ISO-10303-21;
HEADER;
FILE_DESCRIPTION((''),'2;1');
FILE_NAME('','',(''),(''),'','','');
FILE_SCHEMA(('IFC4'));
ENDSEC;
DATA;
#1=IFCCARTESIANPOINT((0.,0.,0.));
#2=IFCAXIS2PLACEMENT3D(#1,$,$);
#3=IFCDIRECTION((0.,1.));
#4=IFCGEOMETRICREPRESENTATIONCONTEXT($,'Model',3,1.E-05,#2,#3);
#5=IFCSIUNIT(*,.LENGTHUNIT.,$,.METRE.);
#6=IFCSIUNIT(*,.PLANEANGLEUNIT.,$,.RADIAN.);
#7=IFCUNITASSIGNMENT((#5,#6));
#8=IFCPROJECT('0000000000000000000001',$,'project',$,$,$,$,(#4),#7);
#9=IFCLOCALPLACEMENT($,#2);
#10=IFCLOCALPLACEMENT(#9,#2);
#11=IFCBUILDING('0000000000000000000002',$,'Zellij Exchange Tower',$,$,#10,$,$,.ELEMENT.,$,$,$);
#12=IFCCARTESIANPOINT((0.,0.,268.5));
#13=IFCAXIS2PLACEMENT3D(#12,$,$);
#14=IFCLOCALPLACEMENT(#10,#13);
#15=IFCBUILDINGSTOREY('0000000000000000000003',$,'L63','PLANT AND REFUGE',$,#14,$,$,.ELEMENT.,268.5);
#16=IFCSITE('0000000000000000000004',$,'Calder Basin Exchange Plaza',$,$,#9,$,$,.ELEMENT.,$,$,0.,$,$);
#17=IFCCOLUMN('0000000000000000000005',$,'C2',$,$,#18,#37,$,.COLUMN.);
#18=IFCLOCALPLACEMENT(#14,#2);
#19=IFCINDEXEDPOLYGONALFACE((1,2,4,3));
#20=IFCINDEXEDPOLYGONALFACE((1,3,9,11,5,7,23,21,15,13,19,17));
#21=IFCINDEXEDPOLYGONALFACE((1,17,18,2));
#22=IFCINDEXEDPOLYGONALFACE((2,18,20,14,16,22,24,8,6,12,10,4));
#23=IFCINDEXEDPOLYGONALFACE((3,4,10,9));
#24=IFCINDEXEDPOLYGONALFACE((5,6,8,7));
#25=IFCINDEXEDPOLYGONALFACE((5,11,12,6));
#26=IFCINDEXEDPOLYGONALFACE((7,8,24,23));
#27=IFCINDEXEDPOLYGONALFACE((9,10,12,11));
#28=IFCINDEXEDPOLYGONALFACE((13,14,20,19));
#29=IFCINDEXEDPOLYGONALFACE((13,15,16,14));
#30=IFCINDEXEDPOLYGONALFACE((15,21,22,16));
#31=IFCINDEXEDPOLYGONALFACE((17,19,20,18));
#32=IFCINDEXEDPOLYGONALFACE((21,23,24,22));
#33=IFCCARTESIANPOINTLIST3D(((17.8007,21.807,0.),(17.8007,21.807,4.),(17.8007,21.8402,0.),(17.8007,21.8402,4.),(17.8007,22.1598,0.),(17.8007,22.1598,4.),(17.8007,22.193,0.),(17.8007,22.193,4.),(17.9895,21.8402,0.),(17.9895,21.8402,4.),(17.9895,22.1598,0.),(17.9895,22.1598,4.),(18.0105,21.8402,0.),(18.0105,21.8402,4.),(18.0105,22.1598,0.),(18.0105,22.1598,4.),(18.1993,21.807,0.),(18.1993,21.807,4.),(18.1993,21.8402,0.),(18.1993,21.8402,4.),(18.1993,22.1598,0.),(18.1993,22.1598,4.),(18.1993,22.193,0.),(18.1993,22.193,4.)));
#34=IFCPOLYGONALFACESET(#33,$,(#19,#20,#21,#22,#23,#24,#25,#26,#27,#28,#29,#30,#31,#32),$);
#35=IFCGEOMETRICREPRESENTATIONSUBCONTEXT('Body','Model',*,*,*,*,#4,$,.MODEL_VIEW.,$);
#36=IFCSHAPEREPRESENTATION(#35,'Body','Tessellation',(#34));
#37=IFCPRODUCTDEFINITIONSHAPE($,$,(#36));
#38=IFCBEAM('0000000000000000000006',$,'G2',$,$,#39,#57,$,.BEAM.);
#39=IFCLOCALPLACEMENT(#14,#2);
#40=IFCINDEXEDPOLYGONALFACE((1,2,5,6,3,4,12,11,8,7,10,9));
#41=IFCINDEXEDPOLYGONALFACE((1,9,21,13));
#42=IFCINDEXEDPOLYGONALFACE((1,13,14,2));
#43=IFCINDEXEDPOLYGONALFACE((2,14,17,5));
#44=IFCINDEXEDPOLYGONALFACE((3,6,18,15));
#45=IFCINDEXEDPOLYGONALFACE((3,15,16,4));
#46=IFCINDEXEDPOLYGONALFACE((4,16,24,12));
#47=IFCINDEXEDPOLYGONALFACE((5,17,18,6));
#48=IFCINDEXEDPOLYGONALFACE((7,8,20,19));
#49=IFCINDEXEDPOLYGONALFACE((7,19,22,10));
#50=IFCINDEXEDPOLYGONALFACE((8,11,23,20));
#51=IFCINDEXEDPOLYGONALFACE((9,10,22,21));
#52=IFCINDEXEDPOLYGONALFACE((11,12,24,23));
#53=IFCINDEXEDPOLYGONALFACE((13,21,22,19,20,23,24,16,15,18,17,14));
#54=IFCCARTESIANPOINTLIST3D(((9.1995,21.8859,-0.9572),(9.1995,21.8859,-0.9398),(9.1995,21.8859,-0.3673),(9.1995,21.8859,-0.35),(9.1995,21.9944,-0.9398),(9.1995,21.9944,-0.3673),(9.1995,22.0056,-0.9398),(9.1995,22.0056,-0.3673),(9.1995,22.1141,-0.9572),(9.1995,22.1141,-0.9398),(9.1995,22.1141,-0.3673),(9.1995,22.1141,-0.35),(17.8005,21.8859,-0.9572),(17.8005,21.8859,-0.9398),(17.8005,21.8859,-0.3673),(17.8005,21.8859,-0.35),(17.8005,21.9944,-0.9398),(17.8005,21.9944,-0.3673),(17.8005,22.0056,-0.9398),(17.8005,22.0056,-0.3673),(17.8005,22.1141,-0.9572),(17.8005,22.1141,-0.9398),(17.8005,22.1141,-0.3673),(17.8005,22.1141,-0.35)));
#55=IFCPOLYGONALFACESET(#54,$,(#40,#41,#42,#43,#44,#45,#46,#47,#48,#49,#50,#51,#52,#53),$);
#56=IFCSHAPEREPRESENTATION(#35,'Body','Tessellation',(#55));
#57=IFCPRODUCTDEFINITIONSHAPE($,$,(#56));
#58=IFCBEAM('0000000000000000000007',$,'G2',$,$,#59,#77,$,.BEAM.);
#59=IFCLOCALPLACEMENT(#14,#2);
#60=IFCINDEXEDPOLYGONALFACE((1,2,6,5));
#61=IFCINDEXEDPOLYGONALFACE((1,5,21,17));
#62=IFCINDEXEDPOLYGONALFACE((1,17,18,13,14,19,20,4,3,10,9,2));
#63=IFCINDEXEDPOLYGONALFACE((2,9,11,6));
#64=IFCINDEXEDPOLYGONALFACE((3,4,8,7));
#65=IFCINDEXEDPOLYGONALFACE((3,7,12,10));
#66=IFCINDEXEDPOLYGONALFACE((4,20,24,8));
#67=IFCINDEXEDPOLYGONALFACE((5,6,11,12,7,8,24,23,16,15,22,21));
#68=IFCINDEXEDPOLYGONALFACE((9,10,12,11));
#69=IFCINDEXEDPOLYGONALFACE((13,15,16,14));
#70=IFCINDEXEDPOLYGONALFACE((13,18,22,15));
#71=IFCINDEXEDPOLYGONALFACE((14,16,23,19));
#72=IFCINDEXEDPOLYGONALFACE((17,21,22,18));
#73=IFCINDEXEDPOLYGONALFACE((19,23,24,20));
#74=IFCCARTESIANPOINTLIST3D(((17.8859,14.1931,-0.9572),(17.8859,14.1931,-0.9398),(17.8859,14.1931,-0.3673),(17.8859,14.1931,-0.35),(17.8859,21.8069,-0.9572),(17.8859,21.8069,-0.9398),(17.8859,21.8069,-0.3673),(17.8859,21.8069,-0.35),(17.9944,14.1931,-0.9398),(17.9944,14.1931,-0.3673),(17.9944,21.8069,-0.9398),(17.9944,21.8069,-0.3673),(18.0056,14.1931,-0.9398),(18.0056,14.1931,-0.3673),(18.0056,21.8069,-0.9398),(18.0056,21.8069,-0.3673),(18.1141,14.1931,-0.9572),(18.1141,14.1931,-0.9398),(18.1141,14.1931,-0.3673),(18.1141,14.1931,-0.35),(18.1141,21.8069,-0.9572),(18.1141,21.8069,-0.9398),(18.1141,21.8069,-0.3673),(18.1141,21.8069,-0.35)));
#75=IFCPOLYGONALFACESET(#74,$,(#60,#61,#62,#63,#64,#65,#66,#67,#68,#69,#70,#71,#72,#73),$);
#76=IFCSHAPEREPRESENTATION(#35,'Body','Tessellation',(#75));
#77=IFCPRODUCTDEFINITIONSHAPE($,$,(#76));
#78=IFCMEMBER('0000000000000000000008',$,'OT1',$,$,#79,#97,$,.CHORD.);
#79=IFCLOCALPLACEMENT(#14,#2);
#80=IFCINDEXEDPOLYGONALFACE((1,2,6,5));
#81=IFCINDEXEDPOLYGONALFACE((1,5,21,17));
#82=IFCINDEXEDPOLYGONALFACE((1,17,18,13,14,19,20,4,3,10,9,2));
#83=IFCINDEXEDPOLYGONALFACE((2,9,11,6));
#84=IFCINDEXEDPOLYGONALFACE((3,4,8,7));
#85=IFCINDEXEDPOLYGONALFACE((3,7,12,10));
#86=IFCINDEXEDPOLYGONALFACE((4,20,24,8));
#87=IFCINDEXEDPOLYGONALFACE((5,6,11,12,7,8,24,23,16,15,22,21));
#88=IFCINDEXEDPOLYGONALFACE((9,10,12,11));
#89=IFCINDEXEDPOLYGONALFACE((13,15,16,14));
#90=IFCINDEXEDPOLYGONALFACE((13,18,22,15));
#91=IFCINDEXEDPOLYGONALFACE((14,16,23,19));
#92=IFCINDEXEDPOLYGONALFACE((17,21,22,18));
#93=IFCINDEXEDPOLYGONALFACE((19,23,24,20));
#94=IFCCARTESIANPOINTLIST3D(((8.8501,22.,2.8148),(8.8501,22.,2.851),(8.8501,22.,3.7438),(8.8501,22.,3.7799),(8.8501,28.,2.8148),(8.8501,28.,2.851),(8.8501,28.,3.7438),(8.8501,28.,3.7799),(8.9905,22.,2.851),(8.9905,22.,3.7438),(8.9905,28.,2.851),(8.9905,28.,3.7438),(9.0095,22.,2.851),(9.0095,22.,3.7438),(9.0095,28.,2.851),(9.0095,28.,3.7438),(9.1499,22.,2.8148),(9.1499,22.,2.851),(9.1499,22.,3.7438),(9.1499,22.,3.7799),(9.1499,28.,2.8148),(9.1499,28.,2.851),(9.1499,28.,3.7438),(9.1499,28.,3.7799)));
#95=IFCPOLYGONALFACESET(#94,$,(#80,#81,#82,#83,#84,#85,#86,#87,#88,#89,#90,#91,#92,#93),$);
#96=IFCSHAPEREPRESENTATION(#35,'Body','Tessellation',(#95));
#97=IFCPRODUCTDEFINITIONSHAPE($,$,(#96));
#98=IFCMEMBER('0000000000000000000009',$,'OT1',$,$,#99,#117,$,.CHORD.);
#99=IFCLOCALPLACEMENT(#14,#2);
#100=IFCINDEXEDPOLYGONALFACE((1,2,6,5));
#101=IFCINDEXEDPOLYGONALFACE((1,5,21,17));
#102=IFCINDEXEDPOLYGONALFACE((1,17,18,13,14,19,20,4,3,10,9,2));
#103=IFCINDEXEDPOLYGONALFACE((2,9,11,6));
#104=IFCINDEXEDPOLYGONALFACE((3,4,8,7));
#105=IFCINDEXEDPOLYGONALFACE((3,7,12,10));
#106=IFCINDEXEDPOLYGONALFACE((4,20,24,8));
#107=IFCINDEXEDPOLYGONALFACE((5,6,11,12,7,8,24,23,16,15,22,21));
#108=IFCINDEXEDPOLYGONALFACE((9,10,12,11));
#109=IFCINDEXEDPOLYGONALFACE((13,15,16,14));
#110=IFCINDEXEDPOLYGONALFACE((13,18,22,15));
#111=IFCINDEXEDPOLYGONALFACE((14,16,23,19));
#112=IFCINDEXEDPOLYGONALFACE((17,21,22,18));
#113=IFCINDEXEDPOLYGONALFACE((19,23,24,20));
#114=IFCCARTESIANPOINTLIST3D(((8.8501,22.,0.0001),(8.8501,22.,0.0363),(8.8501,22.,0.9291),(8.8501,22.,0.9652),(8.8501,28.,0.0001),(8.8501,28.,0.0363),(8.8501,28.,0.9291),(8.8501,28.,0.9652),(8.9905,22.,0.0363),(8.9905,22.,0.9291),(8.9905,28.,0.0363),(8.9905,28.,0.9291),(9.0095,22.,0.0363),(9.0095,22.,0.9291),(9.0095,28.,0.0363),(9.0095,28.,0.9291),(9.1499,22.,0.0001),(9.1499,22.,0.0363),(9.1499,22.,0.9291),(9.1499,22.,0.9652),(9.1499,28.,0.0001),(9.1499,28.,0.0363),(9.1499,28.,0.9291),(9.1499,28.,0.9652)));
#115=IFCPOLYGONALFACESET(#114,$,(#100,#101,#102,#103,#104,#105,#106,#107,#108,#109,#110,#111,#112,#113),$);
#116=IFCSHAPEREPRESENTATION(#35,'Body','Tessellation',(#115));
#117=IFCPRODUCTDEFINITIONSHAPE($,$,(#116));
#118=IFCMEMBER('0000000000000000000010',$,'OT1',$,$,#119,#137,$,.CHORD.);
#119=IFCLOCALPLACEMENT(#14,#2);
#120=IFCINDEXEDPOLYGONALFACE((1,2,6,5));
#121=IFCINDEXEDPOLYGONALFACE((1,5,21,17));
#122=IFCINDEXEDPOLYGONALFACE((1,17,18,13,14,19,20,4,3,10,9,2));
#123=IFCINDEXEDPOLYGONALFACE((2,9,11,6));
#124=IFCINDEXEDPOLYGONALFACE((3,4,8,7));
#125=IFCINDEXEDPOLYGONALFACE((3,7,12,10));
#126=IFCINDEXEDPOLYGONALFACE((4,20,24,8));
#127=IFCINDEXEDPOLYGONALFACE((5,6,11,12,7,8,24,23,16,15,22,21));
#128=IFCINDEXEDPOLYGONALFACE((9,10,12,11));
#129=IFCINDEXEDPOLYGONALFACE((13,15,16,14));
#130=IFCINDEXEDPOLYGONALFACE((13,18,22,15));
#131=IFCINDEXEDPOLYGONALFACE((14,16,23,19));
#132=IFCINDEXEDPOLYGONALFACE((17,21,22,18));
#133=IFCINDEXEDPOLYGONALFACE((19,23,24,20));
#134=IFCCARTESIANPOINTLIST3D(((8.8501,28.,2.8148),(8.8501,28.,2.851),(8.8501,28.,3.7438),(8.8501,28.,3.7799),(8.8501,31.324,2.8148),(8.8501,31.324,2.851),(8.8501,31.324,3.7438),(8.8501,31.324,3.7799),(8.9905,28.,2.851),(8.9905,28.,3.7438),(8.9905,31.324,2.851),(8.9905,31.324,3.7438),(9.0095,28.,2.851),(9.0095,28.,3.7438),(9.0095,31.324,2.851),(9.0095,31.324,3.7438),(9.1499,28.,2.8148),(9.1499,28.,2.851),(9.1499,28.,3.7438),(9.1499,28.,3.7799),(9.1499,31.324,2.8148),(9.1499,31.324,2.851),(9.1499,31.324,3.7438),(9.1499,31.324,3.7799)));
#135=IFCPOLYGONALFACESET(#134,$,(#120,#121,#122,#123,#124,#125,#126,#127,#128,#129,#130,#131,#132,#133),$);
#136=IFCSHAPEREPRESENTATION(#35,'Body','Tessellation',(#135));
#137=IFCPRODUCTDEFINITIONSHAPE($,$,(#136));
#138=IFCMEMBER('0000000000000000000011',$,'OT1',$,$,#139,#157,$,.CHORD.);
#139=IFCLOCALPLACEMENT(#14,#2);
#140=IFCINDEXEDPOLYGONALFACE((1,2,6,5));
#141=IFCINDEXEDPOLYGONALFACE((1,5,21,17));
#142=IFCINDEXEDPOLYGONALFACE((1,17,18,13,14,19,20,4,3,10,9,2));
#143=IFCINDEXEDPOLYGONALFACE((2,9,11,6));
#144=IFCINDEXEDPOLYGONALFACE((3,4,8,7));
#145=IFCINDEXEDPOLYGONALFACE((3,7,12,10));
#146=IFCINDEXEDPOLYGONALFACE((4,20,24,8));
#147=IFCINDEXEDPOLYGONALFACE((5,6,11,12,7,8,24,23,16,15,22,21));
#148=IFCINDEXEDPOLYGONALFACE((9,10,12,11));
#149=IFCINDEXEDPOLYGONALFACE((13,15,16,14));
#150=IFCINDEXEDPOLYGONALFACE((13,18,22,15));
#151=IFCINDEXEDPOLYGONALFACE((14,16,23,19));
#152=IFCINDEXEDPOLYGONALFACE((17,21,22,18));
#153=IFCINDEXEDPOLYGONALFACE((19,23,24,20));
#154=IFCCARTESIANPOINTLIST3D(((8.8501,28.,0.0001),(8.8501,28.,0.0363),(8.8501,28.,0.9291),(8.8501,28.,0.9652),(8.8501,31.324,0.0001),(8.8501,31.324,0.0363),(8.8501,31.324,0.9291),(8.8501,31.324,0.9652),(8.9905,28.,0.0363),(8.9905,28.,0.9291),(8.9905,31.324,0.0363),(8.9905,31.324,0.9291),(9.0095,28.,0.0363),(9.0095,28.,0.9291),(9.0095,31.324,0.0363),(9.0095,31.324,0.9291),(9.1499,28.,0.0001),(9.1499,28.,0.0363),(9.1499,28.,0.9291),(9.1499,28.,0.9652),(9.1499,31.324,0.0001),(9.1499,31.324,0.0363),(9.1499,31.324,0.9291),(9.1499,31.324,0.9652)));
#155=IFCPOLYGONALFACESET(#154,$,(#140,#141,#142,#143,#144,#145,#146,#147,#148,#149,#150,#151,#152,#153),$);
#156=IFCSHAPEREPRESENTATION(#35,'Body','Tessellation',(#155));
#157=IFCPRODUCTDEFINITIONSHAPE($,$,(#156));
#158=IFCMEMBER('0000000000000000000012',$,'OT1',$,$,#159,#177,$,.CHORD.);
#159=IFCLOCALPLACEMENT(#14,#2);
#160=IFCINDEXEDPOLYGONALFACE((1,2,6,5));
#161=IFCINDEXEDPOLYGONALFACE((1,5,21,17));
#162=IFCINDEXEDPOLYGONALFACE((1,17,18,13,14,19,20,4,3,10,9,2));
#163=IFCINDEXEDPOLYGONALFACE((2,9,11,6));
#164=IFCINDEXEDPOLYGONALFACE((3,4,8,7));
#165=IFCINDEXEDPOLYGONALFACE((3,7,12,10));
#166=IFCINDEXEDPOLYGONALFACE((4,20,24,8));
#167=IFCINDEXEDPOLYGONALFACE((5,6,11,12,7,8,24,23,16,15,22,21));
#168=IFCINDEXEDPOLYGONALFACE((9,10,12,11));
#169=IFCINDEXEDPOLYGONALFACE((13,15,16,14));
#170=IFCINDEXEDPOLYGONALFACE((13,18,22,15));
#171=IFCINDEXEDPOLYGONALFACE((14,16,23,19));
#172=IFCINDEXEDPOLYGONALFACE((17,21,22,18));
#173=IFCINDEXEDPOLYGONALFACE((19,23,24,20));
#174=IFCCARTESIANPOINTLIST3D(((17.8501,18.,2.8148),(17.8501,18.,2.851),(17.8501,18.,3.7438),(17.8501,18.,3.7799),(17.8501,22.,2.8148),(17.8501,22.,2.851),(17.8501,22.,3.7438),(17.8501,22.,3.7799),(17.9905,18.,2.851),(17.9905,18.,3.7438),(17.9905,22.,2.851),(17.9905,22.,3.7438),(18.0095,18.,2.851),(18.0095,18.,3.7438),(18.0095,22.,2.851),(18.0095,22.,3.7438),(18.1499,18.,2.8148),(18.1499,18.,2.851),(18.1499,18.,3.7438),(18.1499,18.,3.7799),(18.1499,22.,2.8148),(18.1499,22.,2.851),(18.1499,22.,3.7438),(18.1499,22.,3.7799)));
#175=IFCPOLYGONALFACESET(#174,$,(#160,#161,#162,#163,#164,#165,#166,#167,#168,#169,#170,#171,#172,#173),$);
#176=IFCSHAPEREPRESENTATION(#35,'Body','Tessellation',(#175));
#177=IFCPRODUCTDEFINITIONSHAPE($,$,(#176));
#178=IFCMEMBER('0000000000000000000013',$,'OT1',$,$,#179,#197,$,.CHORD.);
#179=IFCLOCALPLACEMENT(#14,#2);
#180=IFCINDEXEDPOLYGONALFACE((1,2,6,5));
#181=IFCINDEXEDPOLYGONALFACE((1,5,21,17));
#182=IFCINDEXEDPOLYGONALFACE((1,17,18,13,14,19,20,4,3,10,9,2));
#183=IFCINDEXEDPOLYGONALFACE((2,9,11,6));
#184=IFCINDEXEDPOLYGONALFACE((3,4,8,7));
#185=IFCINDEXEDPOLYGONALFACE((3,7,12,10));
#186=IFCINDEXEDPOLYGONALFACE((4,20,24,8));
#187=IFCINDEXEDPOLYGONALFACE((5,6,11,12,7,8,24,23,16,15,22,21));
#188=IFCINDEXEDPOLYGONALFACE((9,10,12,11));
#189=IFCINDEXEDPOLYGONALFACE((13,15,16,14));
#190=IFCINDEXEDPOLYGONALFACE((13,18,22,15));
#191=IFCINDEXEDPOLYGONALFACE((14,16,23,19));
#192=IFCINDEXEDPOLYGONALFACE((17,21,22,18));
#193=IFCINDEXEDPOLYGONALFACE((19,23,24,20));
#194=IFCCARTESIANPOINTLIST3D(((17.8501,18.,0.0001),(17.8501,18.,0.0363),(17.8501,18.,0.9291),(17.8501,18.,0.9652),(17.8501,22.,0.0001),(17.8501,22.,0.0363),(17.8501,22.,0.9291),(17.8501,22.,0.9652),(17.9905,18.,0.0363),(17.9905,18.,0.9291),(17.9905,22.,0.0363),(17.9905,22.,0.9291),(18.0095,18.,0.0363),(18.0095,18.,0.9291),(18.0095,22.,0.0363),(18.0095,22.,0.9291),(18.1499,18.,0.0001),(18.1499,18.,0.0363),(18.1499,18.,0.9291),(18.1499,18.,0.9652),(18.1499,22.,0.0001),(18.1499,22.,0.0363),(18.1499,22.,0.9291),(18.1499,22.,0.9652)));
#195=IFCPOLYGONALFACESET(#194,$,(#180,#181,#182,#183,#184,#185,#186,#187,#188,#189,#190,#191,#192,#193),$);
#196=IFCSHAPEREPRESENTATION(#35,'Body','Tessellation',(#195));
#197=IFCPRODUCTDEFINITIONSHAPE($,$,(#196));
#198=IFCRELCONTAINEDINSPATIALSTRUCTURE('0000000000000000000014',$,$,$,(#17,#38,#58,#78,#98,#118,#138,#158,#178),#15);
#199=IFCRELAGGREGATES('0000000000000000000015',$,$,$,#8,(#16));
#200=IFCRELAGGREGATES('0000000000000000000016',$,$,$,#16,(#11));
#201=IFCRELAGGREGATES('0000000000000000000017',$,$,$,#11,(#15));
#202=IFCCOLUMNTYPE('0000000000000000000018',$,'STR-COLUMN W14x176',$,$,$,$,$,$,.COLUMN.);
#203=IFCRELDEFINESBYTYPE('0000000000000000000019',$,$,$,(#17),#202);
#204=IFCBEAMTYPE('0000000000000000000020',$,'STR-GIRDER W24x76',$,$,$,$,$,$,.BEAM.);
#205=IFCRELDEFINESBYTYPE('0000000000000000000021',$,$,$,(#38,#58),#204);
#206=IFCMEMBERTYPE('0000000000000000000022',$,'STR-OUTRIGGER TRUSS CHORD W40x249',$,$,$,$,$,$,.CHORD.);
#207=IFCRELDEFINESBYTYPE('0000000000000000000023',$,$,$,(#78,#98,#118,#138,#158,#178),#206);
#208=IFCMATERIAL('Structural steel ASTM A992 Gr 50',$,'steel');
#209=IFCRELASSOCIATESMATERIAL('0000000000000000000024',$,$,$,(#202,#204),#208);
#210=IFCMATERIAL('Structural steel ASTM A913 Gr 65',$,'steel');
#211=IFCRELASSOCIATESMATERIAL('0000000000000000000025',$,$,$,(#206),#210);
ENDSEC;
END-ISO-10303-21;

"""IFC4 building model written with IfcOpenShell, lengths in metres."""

from ifc_helpers import new_model, si_unit, direction, frame, origin, origin_2d, place, context, subcontext, project, spatial, i_section, extrude, material, material_profile, profile_set, type_object, element, save


model = new_model("IFC4")

# Units and contexts
model_context = context("Model", 3, precision=1e-05, world=origin(), true_north=direction((0.0, 1.0)))
body_context = subcontext(model_context, "Body", "Model", "MODEL_VIEW")
ifc_project = project(units=[si_unit("LENGTHUNIT", "METRE"), si_unit("PLANEANGLEUNIT", "RADIAN")], contexts=[model_context])

# Site, building, storey
site_placement = place(None, origin())
site = spatial("IfcSite", under=ifc_project, at=site_placement, Name="Calder Basin Exchange Plaza", CompositionType="ELEMENT", RefElevation=0.0)
building_placement = place(site_placement, origin())
building = spatial("IfcBuilding", under=site, at=building_placement, Name="Zellij Exchange Tower", CompositionType="ELEMENT")
storey_placement = place(building_placement, frame((0.0, 0.0, 268.5)))
storey = spatial("IfcBuildingStorey", under=building, at=storey_placement, Name="L63", Description="PLANT AND REFUGE", CompositionType="ELEMENT", Elevation=268.5)

# Column
ifc_material_1 = material(Name="Structural steel ASTM A992 Gr 50", Category="steel")
ifc_material_profile_1 = material_profile(ifc_material_1, i_section(OverallWidth=0.3987, OverallDepth=0.386, WebThickness=0.021, FlangeThickness=0.0332, at=origin_2d()), Name="W14x176")
ifc_profile_set_1 = profile_set([ifc_material_profile_1], Name="Structural steel ASTM A992 Gr 50")
column_type = type_object("IfcColumnType", Name="STR-COLUMN W14x176", PredefinedType="COLUMN", material=ifc_profile_set_1)
column_placement = place(storey_placement, frame((18.0, 22.0, 0.0), z_axis=(0.0, 0.0, 1.0), x_axis=(1.0, 0.0, 0.0)))
element("IfcColumn", 1, at=column_placement, inside=storey, type_object=column_type, Name="C2", PredefinedType="COLUMN", context=body_context, shape_type="SweptSolid", body=[
    extrude(i_section(OverallWidth=0.3987, OverallDepth=0.386, WebThickness=0.021, FlangeThickness=0.0332, at=origin_2d()), origin(), (0.0, 0.0, 1.0), 4.0),
])

# Beams
ifc_material_profile_2 = material_profile(ifc_material_1, i_section(OverallWidth=0.2283, OverallDepth=0.6072, WebThickness=0.0112, FlangeThickness=0.0173, at=origin_2d()), Name="W24x76")
ifc_profile_set_2 = profile_set([ifc_material_profile_2], Name="Structural steel ASTM A992 Gr 50")
beam_type = type_object("IfcBeamType", Name="STR-GIRDER W24x76", PredefinedType="BEAM", material=ifc_profile_set_2)
beam_1_placement = place(storey_placement, frame((9.1995, 22.0, -0.6536), z_axis=(1.0, 0.0, 0.0), x_axis=(0.0, 1.0, 0.0)))
element("IfcBeam", 2, at=beam_1_placement, inside=storey, type_object=beam_type, Name="G2", PredefinedType="BEAM", context=body_context, shape_type="SweptSolid", body=[
    extrude(i_section(OverallWidth=0.2283, OverallDepth=0.6072, WebThickness=0.0112, FlangeThickness=0.0173, at=origin_2d()), origin(), (0.0, 0.0, 1.0), 8.6011),
])
beam_2_placement = place(storey_placement, frame((18.0, 14.1931, -0.6536), z_axis=(0.0, 1.0, 0.0), x_axis=(-1.0, 0.0, 0.0)))
element("IfcBeam", 3, at=beam_2_placement, inside=storey, type_object=beam_type, Name="G2", PredefinedType="BEAM", context=body_context, shape_type="SweptSolid", body=[
    extrude(i_section(OverallWidth=0.2283, OverallDepth=0.6072, WebThickness=0.0112, FlangeThickness=0.0173, at=origin_2d()), origin(), (0.0, 0.0, 1.0), 7.6138),
])

# Members
ifc_material_2 = material(Name="Structural steel ASTM A913 Gr 65", Category="steel")
ifc_material_profile_3 = material_profile(ifc_material_2, i_section(OverallWidth=0.2998, OverallDepth=0.9651, WebThickness=0.019, FlangeThickness=0.0361, at=origin_2d()), Name="W40x249")
ifc_profile_set_3 = profile_set([ifc_material_profile_3], Name="Structural steel ASTM A913 Gr 65")
member_type_1 = type_object("IfcMemberType", Name="STR-OUTRIGGER TRUSS CHORD W40x249", PredefinedType="CHORD", material=ifc_profile_set_3)
for number, where, z_axis, x_axis, name in (
    (4, (9.0, 22.0, 3.2974), (0.0, 1.0, 0.0), (-1.0, 0.0, 0.0), "OT1"),
    (5, (9.0, 22.0, 0.4827), (0.0, 1.0, 0.0), (-1.0, 0.0, 0.0), "OT1"),
):
    element("IfcMember", number, at=place(storey_placement, frame(where, z_axis=z_axis, x_axis=x_axis)), inside=storey, type_object=member_type_1, Name=name, PredefinedType="CHORD", context=body_context, shape_type="SweptSolid", body=[
        extrude(i_section(OverallWidth=0.2998, OverallDepth=0.9651, WebThickness=0.019, FlangeThickness=0.0361, at=origin_2d()), origin(), (0.0, 0.0, 1.0), 6.0),
    ])
for number, where, z_axis, x_axis, name in (
    (6, (9.0, 28.0, 3.2974), (0.0, 1.0, 0.0), (-1.0, 0.0, 0.0), "OT1"),
    (7, (9.0, 28.0, 0.4827), (0.0, 1.0, 0.0), (-1.0, 0.0, 0.0), "OT1"),
):
    element("IfcMember", number, at=place(storey_placement, frame(where, z_axis=z_axis, x_axis=x_axis)), inside=storey, type_object=member_type_1, Name=name, PredefinedType="CHORD", context=body_context, shape_type="SweptSolid", body=[
        extrude(i_section(OverallWidth=0.2998, OverallDepth=0.9651, WebThickness=0.019, FlangeThickness=0.0361, at=origin_2d()), origin(), (0.0, 0.0, 1.0), 3.324),
    ])
for number, where, z_axis, x_axis, name in (
    (8, (18.0, 18.0, 3.2974), (0.0, 1.0, 0.0), (-1.0, 0.0, 0.0), "OT1"),
    (9, (18.0, 18.0, 0.4827), (0.0, 1.0, 0.0), (-1.0, 0.0, 0.0), "OT1"),
):
    element("IfcMember", number, at=place(storey_placement, frame(where, z_axis=z_axis, x_axis=x_axis)), inside=storey, type_object=member_type_1, Name=name, PredefinedType="CHORD", context=body_context, shape_type="SweptSolid", body=[
        extrude(i_section(OverallWidth=0.2998, OverallDepth=0.9651, WebThickness=0.019, FlangeThickness=0.0361, at=origin_2d()), origin(), (0.0, 0.0, 1.0), 4.0),
    ])

save(model, "model.ifc")
